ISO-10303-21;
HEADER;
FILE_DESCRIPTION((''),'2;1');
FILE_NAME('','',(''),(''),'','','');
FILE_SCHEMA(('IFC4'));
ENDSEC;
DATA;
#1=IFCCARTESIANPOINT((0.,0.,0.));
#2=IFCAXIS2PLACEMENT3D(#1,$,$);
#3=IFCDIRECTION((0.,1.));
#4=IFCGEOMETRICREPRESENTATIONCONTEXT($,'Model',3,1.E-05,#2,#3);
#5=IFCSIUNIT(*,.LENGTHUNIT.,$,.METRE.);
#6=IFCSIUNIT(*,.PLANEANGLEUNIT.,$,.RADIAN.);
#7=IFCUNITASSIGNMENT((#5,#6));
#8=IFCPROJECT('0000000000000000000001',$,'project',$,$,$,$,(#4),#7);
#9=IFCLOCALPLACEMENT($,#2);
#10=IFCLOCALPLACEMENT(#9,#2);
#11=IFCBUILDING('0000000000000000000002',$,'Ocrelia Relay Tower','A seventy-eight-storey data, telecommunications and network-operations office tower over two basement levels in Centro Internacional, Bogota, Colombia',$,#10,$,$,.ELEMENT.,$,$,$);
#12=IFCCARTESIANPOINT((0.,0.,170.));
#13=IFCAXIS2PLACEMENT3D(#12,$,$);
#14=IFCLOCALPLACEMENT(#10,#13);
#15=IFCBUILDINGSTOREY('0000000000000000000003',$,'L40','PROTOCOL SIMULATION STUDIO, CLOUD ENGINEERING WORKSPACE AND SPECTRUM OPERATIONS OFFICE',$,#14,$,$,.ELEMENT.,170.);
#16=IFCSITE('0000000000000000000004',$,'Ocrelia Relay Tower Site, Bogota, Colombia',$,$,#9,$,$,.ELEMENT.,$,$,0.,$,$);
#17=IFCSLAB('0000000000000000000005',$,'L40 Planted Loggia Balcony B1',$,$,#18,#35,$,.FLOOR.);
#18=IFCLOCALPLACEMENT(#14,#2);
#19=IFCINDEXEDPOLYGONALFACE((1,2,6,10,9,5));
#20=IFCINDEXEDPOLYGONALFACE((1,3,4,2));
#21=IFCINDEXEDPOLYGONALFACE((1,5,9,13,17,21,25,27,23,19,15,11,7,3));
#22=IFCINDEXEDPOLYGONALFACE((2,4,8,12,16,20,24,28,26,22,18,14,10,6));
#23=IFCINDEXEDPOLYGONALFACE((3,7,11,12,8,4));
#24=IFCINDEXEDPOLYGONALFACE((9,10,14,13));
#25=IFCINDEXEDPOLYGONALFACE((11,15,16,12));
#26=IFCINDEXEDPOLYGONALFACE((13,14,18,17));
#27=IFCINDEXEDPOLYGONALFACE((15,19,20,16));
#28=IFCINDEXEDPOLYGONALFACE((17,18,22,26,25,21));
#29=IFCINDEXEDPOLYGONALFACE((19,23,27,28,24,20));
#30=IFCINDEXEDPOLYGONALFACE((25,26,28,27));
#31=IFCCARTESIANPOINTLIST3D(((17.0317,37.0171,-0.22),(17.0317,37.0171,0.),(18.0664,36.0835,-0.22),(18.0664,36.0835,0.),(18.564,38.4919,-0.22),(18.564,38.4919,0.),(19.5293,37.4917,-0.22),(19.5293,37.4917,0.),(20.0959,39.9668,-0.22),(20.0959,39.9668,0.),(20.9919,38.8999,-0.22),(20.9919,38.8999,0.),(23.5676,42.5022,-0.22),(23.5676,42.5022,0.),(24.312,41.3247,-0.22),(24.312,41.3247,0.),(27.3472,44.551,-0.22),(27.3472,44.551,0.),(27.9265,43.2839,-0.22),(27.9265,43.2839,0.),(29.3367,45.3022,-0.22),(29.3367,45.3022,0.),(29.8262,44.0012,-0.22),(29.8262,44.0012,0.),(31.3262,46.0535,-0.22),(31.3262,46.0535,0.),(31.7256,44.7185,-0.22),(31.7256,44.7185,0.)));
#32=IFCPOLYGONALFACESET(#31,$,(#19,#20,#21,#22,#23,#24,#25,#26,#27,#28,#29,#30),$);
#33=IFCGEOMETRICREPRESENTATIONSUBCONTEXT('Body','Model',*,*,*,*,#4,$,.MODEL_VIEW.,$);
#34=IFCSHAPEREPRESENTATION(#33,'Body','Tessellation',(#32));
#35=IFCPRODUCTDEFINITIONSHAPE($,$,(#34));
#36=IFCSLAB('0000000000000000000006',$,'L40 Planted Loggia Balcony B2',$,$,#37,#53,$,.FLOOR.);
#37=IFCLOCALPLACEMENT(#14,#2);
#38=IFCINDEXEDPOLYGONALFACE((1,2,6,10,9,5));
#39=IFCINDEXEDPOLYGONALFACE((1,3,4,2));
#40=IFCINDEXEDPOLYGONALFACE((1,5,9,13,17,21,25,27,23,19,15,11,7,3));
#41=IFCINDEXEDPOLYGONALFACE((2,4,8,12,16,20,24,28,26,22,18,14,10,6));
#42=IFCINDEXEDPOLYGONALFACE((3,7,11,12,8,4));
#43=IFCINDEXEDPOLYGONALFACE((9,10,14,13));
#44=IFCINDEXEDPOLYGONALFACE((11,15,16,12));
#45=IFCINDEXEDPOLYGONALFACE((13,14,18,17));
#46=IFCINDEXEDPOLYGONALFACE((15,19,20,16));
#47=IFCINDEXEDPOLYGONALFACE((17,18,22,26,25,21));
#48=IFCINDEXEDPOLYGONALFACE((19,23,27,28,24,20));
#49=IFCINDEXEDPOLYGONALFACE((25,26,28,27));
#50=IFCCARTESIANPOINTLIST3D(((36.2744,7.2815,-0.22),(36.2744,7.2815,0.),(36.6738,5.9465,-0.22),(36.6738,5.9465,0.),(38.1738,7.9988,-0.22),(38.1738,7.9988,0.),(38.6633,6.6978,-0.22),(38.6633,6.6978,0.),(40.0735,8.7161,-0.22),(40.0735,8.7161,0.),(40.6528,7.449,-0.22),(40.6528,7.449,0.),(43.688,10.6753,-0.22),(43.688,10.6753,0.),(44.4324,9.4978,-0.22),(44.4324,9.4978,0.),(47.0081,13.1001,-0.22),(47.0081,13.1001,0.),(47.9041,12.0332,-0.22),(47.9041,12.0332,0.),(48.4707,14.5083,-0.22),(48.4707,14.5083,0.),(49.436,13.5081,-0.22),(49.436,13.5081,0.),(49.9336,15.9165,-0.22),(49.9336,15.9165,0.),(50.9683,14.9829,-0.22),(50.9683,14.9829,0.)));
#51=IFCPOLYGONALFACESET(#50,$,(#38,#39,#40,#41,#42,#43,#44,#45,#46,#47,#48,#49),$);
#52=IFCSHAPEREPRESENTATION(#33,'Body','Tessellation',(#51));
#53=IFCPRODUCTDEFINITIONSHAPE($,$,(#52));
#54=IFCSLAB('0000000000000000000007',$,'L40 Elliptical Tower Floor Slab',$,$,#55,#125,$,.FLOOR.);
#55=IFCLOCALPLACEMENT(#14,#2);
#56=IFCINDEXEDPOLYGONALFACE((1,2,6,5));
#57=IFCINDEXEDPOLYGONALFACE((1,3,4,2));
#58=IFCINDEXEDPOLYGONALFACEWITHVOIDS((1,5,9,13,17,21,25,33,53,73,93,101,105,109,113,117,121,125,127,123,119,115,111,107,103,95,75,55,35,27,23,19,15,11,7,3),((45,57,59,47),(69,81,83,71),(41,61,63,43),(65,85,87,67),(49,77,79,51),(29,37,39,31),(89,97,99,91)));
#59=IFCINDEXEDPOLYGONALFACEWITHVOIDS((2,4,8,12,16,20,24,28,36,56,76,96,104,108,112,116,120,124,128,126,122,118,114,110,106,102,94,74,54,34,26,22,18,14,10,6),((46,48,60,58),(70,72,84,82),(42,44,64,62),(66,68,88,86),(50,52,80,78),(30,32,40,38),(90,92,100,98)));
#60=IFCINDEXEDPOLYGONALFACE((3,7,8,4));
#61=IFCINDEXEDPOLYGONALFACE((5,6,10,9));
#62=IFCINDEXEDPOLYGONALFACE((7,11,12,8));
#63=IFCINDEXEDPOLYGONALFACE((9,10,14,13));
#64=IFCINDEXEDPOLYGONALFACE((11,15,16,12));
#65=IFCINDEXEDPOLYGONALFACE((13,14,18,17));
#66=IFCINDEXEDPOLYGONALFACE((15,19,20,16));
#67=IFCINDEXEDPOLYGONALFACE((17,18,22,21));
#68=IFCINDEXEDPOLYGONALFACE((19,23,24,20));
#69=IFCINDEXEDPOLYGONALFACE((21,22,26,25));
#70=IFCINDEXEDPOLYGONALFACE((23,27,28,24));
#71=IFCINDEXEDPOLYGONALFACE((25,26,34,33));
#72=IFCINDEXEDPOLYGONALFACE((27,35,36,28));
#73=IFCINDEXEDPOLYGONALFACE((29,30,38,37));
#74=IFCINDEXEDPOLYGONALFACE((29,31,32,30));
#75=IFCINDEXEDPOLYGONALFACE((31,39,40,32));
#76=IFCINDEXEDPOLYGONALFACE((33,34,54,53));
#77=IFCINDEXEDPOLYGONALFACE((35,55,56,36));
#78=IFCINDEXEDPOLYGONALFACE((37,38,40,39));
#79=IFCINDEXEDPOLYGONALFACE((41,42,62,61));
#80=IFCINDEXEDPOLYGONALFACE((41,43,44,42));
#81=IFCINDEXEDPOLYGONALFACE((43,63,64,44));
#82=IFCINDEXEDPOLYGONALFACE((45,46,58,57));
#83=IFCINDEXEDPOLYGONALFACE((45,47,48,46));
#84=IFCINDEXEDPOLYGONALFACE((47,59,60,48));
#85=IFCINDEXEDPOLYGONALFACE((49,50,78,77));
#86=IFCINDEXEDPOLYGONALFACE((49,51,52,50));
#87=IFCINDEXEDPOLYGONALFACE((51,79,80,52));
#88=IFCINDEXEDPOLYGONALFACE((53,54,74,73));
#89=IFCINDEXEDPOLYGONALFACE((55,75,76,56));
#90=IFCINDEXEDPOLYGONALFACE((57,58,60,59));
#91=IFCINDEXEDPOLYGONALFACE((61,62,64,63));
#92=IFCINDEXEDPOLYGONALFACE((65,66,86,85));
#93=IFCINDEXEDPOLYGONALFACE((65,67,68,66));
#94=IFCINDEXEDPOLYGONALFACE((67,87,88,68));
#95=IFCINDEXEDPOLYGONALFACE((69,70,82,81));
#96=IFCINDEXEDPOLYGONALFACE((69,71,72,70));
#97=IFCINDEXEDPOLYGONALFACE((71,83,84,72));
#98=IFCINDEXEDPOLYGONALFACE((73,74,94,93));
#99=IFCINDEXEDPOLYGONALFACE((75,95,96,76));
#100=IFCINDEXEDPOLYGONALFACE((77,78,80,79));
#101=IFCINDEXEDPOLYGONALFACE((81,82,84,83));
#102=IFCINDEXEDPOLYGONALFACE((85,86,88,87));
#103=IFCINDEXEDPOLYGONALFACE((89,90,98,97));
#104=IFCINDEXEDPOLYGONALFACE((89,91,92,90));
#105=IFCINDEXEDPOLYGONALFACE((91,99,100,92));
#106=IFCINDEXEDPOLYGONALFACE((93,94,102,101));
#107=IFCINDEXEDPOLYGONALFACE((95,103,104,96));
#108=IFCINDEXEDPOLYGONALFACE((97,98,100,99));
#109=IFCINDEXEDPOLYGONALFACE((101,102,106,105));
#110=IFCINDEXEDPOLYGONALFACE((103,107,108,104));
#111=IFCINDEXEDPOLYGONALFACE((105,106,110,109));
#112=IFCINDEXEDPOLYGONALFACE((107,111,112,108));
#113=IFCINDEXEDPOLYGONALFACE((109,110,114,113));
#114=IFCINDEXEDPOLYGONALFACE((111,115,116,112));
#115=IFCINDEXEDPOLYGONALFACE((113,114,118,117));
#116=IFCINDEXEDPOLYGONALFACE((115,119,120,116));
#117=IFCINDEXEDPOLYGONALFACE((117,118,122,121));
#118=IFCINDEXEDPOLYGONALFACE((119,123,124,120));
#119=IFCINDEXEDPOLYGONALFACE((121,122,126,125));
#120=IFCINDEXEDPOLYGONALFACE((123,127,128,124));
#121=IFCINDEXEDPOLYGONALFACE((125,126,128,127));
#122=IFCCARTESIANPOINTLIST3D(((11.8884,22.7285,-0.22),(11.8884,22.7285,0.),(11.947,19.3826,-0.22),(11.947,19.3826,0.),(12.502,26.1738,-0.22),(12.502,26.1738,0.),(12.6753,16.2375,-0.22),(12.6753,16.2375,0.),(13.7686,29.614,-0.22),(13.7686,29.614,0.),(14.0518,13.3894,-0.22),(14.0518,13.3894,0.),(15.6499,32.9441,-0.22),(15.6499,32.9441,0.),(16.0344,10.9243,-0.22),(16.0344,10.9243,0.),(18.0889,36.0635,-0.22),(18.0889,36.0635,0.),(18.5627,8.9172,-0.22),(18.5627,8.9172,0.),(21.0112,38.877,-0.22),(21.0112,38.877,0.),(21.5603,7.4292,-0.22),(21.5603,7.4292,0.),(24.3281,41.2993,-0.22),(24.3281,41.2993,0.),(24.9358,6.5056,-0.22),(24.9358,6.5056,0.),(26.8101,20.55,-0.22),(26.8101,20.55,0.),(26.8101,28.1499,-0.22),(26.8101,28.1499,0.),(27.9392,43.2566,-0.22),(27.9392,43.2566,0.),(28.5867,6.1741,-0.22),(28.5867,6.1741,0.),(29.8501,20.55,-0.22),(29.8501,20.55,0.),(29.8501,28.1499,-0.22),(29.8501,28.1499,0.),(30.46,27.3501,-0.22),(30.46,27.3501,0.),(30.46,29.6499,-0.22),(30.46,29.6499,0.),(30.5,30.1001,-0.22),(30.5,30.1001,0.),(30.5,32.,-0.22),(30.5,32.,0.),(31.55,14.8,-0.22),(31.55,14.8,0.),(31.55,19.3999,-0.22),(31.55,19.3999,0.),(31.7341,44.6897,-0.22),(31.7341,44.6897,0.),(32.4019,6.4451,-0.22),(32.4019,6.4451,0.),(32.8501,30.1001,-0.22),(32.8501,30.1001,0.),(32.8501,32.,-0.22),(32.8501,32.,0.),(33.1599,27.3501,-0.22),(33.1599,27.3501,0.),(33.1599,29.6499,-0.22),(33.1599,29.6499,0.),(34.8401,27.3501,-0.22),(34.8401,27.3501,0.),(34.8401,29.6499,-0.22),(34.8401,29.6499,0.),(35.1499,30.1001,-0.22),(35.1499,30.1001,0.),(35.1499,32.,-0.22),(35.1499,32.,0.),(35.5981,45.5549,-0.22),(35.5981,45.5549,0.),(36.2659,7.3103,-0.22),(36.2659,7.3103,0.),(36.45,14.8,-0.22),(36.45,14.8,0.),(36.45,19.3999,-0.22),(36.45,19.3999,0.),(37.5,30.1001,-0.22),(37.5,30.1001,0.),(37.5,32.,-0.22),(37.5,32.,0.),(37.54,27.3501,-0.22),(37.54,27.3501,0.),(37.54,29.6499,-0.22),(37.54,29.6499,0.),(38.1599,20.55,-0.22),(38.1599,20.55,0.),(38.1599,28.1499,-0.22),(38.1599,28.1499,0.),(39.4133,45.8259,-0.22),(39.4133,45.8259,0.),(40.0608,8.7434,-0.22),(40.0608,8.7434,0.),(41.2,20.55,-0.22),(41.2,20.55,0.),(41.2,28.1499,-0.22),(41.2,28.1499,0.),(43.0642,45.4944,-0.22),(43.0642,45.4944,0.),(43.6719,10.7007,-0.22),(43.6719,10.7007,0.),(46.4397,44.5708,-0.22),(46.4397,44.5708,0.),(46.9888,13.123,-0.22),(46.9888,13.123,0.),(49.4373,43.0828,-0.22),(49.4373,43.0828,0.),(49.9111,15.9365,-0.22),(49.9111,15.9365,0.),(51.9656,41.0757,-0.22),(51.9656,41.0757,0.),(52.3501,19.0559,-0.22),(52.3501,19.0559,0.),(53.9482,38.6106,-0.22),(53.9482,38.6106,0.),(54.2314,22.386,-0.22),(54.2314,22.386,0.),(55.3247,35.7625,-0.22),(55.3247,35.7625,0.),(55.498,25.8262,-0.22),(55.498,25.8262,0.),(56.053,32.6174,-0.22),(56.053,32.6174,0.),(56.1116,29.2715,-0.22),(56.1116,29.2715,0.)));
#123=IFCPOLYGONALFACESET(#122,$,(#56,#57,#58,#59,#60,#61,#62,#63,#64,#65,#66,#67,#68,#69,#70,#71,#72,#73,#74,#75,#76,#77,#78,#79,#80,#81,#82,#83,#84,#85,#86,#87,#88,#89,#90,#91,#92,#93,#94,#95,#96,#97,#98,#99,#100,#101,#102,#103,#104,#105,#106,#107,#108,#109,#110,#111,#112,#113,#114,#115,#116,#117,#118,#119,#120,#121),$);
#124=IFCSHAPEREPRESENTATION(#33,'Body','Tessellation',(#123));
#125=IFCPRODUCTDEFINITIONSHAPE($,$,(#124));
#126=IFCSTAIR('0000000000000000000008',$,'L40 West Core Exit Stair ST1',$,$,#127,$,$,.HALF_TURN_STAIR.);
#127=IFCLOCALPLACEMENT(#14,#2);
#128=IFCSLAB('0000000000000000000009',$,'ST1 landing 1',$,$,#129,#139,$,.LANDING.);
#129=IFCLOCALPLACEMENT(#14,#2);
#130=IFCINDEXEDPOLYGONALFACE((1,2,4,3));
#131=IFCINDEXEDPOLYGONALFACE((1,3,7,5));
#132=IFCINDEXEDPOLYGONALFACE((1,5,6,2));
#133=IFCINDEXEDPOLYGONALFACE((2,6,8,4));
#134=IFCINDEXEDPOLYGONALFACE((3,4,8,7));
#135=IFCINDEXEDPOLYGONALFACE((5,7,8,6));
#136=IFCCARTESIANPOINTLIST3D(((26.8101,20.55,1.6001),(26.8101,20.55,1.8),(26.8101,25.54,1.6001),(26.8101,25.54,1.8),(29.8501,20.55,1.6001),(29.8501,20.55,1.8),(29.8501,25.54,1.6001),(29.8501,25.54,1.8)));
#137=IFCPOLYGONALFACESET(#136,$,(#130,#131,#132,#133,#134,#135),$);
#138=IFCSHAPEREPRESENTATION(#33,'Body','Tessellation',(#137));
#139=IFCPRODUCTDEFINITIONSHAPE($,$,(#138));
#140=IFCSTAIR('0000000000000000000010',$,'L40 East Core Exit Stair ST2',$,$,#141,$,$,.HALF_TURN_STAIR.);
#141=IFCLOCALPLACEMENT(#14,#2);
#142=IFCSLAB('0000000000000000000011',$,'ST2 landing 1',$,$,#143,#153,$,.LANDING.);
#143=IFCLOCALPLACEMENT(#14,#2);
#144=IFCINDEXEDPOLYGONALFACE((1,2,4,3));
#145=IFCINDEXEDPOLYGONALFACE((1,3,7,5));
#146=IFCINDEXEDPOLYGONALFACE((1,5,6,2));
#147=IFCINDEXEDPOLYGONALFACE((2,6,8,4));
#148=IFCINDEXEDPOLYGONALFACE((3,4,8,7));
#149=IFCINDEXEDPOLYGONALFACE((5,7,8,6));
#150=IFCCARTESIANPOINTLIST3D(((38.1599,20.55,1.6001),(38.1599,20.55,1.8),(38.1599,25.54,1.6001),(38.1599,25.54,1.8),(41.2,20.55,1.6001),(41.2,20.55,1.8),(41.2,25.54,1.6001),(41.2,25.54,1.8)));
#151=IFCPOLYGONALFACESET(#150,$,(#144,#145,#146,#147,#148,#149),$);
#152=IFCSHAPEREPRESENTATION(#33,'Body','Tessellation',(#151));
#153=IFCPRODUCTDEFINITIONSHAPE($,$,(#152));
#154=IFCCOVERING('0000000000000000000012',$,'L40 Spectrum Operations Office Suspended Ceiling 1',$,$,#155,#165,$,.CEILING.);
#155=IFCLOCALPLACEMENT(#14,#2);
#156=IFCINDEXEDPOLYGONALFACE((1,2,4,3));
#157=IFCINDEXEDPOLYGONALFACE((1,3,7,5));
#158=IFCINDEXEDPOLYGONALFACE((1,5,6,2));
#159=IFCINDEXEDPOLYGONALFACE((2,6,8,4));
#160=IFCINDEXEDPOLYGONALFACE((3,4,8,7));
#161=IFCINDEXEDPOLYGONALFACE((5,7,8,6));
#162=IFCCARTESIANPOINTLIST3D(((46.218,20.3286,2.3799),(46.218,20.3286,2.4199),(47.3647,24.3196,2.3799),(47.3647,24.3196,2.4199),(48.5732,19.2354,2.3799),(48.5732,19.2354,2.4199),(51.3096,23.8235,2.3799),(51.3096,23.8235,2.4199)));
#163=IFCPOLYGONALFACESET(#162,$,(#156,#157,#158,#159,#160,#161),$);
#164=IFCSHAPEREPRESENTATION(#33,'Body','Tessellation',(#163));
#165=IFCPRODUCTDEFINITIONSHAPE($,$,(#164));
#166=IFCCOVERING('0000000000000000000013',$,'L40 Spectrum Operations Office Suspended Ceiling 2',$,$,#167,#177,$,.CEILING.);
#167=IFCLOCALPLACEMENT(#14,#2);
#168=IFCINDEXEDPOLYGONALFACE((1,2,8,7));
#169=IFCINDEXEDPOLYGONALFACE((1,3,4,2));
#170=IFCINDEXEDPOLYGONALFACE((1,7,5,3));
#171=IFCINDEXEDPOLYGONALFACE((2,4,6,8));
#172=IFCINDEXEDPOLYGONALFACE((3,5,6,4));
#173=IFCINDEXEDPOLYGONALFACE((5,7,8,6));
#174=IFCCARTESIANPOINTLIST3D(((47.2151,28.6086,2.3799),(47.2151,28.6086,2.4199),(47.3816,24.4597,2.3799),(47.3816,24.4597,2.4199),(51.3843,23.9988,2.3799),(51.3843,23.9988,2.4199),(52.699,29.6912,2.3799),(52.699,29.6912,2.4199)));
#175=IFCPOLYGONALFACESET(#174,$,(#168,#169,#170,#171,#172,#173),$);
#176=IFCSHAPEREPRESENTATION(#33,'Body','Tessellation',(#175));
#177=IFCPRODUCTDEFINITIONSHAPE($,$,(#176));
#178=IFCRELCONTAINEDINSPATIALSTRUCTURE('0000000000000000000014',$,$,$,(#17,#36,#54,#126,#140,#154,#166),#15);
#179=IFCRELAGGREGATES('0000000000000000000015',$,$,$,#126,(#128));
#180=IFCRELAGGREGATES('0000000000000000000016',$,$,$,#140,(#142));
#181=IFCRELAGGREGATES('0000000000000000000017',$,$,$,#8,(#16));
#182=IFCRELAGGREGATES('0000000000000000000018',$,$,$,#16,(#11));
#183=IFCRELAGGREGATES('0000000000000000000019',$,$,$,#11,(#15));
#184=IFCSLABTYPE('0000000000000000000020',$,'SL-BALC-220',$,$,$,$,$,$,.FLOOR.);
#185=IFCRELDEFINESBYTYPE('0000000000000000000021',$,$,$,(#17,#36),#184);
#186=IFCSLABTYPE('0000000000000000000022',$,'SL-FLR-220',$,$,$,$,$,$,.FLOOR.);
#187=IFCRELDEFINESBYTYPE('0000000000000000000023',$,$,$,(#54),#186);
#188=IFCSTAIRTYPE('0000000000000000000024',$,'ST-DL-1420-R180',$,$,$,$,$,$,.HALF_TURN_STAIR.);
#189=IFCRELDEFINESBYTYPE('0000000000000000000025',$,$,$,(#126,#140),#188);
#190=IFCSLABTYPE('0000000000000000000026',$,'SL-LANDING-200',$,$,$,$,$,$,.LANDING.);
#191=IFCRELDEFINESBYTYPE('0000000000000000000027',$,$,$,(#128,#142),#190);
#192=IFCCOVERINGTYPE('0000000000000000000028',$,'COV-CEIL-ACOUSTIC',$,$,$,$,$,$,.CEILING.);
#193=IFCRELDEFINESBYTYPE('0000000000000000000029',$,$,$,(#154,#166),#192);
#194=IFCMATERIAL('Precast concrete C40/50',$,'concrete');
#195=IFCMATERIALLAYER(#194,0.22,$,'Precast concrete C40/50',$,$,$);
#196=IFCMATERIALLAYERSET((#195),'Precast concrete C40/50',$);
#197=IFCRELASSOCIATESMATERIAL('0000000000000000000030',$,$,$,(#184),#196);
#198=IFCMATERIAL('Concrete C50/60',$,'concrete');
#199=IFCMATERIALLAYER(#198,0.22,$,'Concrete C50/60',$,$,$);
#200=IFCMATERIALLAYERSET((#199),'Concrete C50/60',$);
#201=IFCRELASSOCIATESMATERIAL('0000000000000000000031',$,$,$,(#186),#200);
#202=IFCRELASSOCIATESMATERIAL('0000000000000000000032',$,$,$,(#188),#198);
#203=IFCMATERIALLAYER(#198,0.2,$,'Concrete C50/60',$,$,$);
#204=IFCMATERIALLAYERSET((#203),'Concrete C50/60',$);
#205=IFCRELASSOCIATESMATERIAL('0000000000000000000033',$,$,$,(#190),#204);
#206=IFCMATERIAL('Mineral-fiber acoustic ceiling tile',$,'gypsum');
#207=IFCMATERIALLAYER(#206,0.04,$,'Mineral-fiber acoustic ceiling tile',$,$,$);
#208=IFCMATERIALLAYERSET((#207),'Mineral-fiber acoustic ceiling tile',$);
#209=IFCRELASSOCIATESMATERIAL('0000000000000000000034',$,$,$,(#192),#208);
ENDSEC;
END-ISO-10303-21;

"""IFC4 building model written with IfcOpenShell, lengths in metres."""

from ifc_helpers import new_model, si_unit, direction, frame, origin, place, context, subcontext, project, spatial, polyline, outline, extrude, material, layer, layer_set, type_object, element, aggregate, save


model = new_model("IFC4")

# Units and contexts
model_context = context("Model", 3, precision=1e-05, world=origin(), true_north=direction((0.0, 1.0)))
body_context = subcontext(model_context, "Body", "Model", "MODEL_VIEW")
ifc_project = project(units=[si_unit("LENGTHUNIT", "METRE"), si_unit("PLANEANGLEUNIT", "RADIAN")], contexts=[model_context])

# Site, building, storey
site_placement = place(None, origin())
site = spatial("IfcSite", under=ifc_project, at=site_placement, Name="Ocrelia Relay Tower Site, Bogota, Colombia", CompositionType="ELEMENT", RefElevation=0.0)
building_placement = place(site_placement, origin())
building = spatial("IfcBuilding", under=site, at=building_placement, Name="Ocrelia Relay Tower", Description="A seventy-eight-storey data, telecommunications and network-operations office tower over two basement levels in Centro Internacional, Bogota, Colombia", CompositionType="ELEMENT")
storey_placement = place(building_placement, frame((0.0, 0.0, 170.0)))
storey = spatial("IfcBuildingStorey", under=building, at=storey_placement, Name="L40", Description="PROTOCOL SIMULATION STUDIO, CLOUD ENGINEERING WORKSPACE AND SPECTRUM OPERATIONS OFFICE", CompositionType="ELEMENT", Elevation=170.0)

# Slabs
ifc_material_1 = material(Name="Precast concrete C40/50", Category="concrete")
ifc_layer_1 = layer(ifc_material_1, 0.22, Name="Precast concrete C40/50")
ifc_layer_set_1 = layer_set([ifc_layer_1], Name="Precast concrete C40/50")
slab_type_1 = type_object("IfcSlabType", Name="SL-BALC-220", PredefinedType="FLOOR", material=ifc_layer_set_1)
slab_1_placement = place(storey_placement, frame((0.0, 0.0, -0.22)))
element("IfcSlab", 1, at=slab_1_placement, inside=storey, type_object=slab_type_1, Name="L40 Planted Loggia Balcony B1", PredefinedType="FLOOR", context=body_context, shape_type="SweptSolid", body=[
    extrude(outline(polyline([(31.7256, 44.7185), (29.8262, 44.0012), (27.9265, 43.2839), (24.312, 41.3247), (20.9919, 38.8999), (19.5293, 37.4917), (18.0664, 36.0835), (17.0317, 37.0171), (18.564, 38.4919), (20.0959, 39.9668), (23.5676, 42.5022), (27.3472, 44.551), (29.3367, 45.3022), (31.3262, 46.0535), (31.7256, 44.7185)])), origin(), (0.0, 0.0, 1.0), 0.22),
])
slab_2_placement = place(storey_placement, frame((0.0, 0.0, -0.22)))
element("IfcSlab", 2, at=slab_2_placement, inside=storey, type_object=slab_type_1, Name="L40 Planted Loggia Balcony B2", PredefinedType="FLOOR", context=body_context, shape_type="SweptSolid", body=[
    extrude(outline(polyline([(36.2744, 7.2815), (38.1738, 7.9988), (40.0735, 8.7161), (43.688, 10.6753), (47.0081, 13.1001), (48.4707, 14.5083), (49.9336, 15.9165), (50.9683, 14.9829), (49.436, 13.5081), (47.9041, 12.0332), (44.4324, 9.4978), (40.6528, 7.449), (38.6633, 6.6978), (36.6738, 5.9465), (36.2744, 7.2815)])), origin(), (0.0, 0.0, 1.0), 0.22),
])
ifc_material_2 = material(Name="Concrete C50/60", Category="concrete")
ifc_layer_2 = layer(ifc_material_2, 0.22, Name="Concrete C50/60")
ifc_layer_set_2 = layer_set([ifc_layer_2], Name="Concrete C50/60")
slab_type_2 = type_object("IfcSlabType", Name="SL-FLR-220", PredefinedType="FLOOR", material=ifc_layer_set_2)
slab_3_placement = place(storey_placement, frame((0.0, 0.0, -0.22)))
element("IfcSlab", 3, at=slab_3_placement, inside=storey, type_object=slab_type_2, Name="L40 Elliptical Tower Floor Slab", PredefinedType="FLOOR", context=body_context, shape_type="SweptSolid", body=[
    extrude(outline(polyline([(53.9482, 38.6106), (51.9656, 41.0757), (49.4373, 43.0828), (46.4397, 44.5708), (43.0642, 45.4944), (39.4133, 45.8259), (35.5981, 45.5549), (31.7341, 44.6897), (27.9392, 43.2566), (24.3281, 41.2993), (21.0112, 38.877), (18.0889, 36.0635), (15.6499, 32.9441), (13.7686, 29.614), (12.502, 26.1738), (11.8884, 22.7285), (11.947, 19.3826), (12.6753, 16.2375), (14.0518, 13.3894), (16.0344, 10.9243), (18.5627, 8.9172), (21.5603, 7.4292), (24.9358, 6.5056), (28.5867, 6.1741), (32.4019, 6.4451), (36.2659, 7.3103), (40.0608, 8.7434), (43.6719, 10.7007), (46.9888, 13.123), (49.9111, 15.9365), (52.3501, 19.0559), (54.2314, 22.386), (55.498, 25.8262), (56.1116, 29.2715), (56.053, 32.6174), (55.3247, 35.7625), (53.9482, 38.6106)]), holes=[polyline([(26.8101, 28.1499), (26.8101, 20.55), (29.8501, 20.55), (29.8501, 28.1499), (26.8101, 28.1499)]), polyline([(38.1599, 28.1499), (38.1599, 20.55), (41.2, 20.55), (41.2, 28.1499), (38.1599, 28.1499)]), polyline([(30.46, 27.3501), (33.1599, 27.3501), (33.1599, 29.6499), (30.46, 29.6499), (30.46, 27.3501)]), polyline([(34.8401, 27.3501), (37.54, 27.3501), (37.54, 29.6499), (34.8401, 29.6499), (34.8401, 27.3501)]), polyline([(30.5, 30.1001), (32.8501, 30.1001), (32.8501, 32.0), (30.5, 32.0), (30.5, 30.1001)]), polyline([(35.1499, 30.1001), (37.5, 30.1001), (37.5, 32.0), (35.1499, 32.0), (35.1499, 30.1001)]), polyline([(31.55, 14.8), (36.45, 14.8), (36.45, 19.3999), (31.55, 19.3999), (31.55, 14.8)])]), origin(), (0.0, 0.0, 1.0), 0.22),
])

# Stairs, slabs
stair_type = type_object("IfcStairType", Name="ST-DL-1420-R180", PredefinedType="HALF_TURN_STAIR", material=ifc_material_2)
stair_1_placement = place(storey_placement, origin())
stair_1 = element("IfcStair", 4, at=stair_1_placement, inside=storey, type_object=stair_type, Name="L40 West Core Exit Stair ST1", PredefinedType="HALF_TURN_STAIR")
ifc_layer_3 = layer(ifc_material_2, 0.2, Name="Concrete C50/60")
ifc_layer_set_3 = layer_set([ifc_layer_3], Name="Concrete C50/60")
slab_type_3 = type_object("IfcSlabType", Name="SL-LANDING-200", PredefinedType="LANDING", material=ifc_layer_set_3)
slab_4_placement = place(storey_placement, frame((0.0, 0.0, 1.6001)))
slab_4 = element("IfcSlab", 5, at=slab_4_placement, type_object=slab_type_3, Name="ST1 landing 1", PredefinedType="LANDING", context=body_context, shape_type="SweptSolid", body=[
    extrude(outline(polyline([(26.8101, 25.54), (26.8101, 20.55), (29.8501, 20.55), (29.8501, 25.54), (26.8101, 25.54)])), origin(), (0.0, 0.0, 1.0), 0.2),
])
aggregate(stair_1, [slab_4])
stair_2_placement = place(storey_placement, origin())
stair_2 = element("IfcStair", 6, at=stair_2_placement, inside=storey, type_object=stair_type, Name="L40 East Core Exit Stair ST2", PredefinedType="HALF_TURN_STAIR")
slab_5_placement = place(storey_placement, frame((0.0, 0.0, 1.6001)))
slab_5 = element("IfcSlab", 7, at=slab_5_placement, type_object=slab_type_3, Name="ST2 landing 1", PredefinedType="LANDING", context=body_context, shape_type="SweptSolid", body=[
    extrude(outline(polyline([(38.1599, 25.54), (38.1599, 20.55), (41.2, 20.55), (41.2, 25.54), (38.1599, 25.54)])), origin(), (0.0, 0.0, 1.0), 0.2),
])
aggregate(stair_2, [slab_5])

# Coverings
ifc_material_3 = material(Name="Mineral-fiber acoustic ceiling tile", Category="gypsum")
ifc_layer_4 = layer(ifc_material_3, 0.04, Name="Mineral-fiber acoustic ceiling tile")
ifc_layer_set_4 = layer_set([ifc_layer_4], Name="Mineral-fiber acoustic ceiling tile")
covering_type_1 = type_object("IfcCoveringType", Name="COV-CEIL-ACOUSTIC", PredefinedType="CEILING", material=ifc_layer_set_4)
covering_1_placement = place(storey_placement, frame((0.0, 0.0, 2.3799)))
element("IfcCovering", 8, at=covering_1_placement, inside=storey, type_object=covering_type_1, Name="L40 Spectrum Operations Office Suspended Ceiling 1", PredefinedType="CEILING", context=body_context, shape_type="SweptSolid", body=[
    extrude(outline(polyline([(46.218, 20.3286), (48.5732, 19.2354), (51.3096, 23.8235), (47.3647, 24.3196), (46.218, 20.3286)])), origin(), (0.0, 0.0, 1.0), 0.04),
])
covering_2_placement = place(storey_placement, frame((0.0, 0.0, 2.3799)))
element("IfcCovering", 9, at=covering_2_placement, inside=storey, type_object=covering_type_1, Name="L40 Spectrum Operations Office Suspended Ceiling 2", PredefinedType="CEILING", context=body_context, shape_type="SweptSolid", body=[
    extrude(outline(polyline([(47.3816, 24.4597), (51.3843, 23.9988), (52.699, 29.6912), (47.2151, 28.6086), (47.3816, 24.4597)])), origin(), (0.0, 0.0, 1.0), 0.04),
])

save(model, "model.ifc")
